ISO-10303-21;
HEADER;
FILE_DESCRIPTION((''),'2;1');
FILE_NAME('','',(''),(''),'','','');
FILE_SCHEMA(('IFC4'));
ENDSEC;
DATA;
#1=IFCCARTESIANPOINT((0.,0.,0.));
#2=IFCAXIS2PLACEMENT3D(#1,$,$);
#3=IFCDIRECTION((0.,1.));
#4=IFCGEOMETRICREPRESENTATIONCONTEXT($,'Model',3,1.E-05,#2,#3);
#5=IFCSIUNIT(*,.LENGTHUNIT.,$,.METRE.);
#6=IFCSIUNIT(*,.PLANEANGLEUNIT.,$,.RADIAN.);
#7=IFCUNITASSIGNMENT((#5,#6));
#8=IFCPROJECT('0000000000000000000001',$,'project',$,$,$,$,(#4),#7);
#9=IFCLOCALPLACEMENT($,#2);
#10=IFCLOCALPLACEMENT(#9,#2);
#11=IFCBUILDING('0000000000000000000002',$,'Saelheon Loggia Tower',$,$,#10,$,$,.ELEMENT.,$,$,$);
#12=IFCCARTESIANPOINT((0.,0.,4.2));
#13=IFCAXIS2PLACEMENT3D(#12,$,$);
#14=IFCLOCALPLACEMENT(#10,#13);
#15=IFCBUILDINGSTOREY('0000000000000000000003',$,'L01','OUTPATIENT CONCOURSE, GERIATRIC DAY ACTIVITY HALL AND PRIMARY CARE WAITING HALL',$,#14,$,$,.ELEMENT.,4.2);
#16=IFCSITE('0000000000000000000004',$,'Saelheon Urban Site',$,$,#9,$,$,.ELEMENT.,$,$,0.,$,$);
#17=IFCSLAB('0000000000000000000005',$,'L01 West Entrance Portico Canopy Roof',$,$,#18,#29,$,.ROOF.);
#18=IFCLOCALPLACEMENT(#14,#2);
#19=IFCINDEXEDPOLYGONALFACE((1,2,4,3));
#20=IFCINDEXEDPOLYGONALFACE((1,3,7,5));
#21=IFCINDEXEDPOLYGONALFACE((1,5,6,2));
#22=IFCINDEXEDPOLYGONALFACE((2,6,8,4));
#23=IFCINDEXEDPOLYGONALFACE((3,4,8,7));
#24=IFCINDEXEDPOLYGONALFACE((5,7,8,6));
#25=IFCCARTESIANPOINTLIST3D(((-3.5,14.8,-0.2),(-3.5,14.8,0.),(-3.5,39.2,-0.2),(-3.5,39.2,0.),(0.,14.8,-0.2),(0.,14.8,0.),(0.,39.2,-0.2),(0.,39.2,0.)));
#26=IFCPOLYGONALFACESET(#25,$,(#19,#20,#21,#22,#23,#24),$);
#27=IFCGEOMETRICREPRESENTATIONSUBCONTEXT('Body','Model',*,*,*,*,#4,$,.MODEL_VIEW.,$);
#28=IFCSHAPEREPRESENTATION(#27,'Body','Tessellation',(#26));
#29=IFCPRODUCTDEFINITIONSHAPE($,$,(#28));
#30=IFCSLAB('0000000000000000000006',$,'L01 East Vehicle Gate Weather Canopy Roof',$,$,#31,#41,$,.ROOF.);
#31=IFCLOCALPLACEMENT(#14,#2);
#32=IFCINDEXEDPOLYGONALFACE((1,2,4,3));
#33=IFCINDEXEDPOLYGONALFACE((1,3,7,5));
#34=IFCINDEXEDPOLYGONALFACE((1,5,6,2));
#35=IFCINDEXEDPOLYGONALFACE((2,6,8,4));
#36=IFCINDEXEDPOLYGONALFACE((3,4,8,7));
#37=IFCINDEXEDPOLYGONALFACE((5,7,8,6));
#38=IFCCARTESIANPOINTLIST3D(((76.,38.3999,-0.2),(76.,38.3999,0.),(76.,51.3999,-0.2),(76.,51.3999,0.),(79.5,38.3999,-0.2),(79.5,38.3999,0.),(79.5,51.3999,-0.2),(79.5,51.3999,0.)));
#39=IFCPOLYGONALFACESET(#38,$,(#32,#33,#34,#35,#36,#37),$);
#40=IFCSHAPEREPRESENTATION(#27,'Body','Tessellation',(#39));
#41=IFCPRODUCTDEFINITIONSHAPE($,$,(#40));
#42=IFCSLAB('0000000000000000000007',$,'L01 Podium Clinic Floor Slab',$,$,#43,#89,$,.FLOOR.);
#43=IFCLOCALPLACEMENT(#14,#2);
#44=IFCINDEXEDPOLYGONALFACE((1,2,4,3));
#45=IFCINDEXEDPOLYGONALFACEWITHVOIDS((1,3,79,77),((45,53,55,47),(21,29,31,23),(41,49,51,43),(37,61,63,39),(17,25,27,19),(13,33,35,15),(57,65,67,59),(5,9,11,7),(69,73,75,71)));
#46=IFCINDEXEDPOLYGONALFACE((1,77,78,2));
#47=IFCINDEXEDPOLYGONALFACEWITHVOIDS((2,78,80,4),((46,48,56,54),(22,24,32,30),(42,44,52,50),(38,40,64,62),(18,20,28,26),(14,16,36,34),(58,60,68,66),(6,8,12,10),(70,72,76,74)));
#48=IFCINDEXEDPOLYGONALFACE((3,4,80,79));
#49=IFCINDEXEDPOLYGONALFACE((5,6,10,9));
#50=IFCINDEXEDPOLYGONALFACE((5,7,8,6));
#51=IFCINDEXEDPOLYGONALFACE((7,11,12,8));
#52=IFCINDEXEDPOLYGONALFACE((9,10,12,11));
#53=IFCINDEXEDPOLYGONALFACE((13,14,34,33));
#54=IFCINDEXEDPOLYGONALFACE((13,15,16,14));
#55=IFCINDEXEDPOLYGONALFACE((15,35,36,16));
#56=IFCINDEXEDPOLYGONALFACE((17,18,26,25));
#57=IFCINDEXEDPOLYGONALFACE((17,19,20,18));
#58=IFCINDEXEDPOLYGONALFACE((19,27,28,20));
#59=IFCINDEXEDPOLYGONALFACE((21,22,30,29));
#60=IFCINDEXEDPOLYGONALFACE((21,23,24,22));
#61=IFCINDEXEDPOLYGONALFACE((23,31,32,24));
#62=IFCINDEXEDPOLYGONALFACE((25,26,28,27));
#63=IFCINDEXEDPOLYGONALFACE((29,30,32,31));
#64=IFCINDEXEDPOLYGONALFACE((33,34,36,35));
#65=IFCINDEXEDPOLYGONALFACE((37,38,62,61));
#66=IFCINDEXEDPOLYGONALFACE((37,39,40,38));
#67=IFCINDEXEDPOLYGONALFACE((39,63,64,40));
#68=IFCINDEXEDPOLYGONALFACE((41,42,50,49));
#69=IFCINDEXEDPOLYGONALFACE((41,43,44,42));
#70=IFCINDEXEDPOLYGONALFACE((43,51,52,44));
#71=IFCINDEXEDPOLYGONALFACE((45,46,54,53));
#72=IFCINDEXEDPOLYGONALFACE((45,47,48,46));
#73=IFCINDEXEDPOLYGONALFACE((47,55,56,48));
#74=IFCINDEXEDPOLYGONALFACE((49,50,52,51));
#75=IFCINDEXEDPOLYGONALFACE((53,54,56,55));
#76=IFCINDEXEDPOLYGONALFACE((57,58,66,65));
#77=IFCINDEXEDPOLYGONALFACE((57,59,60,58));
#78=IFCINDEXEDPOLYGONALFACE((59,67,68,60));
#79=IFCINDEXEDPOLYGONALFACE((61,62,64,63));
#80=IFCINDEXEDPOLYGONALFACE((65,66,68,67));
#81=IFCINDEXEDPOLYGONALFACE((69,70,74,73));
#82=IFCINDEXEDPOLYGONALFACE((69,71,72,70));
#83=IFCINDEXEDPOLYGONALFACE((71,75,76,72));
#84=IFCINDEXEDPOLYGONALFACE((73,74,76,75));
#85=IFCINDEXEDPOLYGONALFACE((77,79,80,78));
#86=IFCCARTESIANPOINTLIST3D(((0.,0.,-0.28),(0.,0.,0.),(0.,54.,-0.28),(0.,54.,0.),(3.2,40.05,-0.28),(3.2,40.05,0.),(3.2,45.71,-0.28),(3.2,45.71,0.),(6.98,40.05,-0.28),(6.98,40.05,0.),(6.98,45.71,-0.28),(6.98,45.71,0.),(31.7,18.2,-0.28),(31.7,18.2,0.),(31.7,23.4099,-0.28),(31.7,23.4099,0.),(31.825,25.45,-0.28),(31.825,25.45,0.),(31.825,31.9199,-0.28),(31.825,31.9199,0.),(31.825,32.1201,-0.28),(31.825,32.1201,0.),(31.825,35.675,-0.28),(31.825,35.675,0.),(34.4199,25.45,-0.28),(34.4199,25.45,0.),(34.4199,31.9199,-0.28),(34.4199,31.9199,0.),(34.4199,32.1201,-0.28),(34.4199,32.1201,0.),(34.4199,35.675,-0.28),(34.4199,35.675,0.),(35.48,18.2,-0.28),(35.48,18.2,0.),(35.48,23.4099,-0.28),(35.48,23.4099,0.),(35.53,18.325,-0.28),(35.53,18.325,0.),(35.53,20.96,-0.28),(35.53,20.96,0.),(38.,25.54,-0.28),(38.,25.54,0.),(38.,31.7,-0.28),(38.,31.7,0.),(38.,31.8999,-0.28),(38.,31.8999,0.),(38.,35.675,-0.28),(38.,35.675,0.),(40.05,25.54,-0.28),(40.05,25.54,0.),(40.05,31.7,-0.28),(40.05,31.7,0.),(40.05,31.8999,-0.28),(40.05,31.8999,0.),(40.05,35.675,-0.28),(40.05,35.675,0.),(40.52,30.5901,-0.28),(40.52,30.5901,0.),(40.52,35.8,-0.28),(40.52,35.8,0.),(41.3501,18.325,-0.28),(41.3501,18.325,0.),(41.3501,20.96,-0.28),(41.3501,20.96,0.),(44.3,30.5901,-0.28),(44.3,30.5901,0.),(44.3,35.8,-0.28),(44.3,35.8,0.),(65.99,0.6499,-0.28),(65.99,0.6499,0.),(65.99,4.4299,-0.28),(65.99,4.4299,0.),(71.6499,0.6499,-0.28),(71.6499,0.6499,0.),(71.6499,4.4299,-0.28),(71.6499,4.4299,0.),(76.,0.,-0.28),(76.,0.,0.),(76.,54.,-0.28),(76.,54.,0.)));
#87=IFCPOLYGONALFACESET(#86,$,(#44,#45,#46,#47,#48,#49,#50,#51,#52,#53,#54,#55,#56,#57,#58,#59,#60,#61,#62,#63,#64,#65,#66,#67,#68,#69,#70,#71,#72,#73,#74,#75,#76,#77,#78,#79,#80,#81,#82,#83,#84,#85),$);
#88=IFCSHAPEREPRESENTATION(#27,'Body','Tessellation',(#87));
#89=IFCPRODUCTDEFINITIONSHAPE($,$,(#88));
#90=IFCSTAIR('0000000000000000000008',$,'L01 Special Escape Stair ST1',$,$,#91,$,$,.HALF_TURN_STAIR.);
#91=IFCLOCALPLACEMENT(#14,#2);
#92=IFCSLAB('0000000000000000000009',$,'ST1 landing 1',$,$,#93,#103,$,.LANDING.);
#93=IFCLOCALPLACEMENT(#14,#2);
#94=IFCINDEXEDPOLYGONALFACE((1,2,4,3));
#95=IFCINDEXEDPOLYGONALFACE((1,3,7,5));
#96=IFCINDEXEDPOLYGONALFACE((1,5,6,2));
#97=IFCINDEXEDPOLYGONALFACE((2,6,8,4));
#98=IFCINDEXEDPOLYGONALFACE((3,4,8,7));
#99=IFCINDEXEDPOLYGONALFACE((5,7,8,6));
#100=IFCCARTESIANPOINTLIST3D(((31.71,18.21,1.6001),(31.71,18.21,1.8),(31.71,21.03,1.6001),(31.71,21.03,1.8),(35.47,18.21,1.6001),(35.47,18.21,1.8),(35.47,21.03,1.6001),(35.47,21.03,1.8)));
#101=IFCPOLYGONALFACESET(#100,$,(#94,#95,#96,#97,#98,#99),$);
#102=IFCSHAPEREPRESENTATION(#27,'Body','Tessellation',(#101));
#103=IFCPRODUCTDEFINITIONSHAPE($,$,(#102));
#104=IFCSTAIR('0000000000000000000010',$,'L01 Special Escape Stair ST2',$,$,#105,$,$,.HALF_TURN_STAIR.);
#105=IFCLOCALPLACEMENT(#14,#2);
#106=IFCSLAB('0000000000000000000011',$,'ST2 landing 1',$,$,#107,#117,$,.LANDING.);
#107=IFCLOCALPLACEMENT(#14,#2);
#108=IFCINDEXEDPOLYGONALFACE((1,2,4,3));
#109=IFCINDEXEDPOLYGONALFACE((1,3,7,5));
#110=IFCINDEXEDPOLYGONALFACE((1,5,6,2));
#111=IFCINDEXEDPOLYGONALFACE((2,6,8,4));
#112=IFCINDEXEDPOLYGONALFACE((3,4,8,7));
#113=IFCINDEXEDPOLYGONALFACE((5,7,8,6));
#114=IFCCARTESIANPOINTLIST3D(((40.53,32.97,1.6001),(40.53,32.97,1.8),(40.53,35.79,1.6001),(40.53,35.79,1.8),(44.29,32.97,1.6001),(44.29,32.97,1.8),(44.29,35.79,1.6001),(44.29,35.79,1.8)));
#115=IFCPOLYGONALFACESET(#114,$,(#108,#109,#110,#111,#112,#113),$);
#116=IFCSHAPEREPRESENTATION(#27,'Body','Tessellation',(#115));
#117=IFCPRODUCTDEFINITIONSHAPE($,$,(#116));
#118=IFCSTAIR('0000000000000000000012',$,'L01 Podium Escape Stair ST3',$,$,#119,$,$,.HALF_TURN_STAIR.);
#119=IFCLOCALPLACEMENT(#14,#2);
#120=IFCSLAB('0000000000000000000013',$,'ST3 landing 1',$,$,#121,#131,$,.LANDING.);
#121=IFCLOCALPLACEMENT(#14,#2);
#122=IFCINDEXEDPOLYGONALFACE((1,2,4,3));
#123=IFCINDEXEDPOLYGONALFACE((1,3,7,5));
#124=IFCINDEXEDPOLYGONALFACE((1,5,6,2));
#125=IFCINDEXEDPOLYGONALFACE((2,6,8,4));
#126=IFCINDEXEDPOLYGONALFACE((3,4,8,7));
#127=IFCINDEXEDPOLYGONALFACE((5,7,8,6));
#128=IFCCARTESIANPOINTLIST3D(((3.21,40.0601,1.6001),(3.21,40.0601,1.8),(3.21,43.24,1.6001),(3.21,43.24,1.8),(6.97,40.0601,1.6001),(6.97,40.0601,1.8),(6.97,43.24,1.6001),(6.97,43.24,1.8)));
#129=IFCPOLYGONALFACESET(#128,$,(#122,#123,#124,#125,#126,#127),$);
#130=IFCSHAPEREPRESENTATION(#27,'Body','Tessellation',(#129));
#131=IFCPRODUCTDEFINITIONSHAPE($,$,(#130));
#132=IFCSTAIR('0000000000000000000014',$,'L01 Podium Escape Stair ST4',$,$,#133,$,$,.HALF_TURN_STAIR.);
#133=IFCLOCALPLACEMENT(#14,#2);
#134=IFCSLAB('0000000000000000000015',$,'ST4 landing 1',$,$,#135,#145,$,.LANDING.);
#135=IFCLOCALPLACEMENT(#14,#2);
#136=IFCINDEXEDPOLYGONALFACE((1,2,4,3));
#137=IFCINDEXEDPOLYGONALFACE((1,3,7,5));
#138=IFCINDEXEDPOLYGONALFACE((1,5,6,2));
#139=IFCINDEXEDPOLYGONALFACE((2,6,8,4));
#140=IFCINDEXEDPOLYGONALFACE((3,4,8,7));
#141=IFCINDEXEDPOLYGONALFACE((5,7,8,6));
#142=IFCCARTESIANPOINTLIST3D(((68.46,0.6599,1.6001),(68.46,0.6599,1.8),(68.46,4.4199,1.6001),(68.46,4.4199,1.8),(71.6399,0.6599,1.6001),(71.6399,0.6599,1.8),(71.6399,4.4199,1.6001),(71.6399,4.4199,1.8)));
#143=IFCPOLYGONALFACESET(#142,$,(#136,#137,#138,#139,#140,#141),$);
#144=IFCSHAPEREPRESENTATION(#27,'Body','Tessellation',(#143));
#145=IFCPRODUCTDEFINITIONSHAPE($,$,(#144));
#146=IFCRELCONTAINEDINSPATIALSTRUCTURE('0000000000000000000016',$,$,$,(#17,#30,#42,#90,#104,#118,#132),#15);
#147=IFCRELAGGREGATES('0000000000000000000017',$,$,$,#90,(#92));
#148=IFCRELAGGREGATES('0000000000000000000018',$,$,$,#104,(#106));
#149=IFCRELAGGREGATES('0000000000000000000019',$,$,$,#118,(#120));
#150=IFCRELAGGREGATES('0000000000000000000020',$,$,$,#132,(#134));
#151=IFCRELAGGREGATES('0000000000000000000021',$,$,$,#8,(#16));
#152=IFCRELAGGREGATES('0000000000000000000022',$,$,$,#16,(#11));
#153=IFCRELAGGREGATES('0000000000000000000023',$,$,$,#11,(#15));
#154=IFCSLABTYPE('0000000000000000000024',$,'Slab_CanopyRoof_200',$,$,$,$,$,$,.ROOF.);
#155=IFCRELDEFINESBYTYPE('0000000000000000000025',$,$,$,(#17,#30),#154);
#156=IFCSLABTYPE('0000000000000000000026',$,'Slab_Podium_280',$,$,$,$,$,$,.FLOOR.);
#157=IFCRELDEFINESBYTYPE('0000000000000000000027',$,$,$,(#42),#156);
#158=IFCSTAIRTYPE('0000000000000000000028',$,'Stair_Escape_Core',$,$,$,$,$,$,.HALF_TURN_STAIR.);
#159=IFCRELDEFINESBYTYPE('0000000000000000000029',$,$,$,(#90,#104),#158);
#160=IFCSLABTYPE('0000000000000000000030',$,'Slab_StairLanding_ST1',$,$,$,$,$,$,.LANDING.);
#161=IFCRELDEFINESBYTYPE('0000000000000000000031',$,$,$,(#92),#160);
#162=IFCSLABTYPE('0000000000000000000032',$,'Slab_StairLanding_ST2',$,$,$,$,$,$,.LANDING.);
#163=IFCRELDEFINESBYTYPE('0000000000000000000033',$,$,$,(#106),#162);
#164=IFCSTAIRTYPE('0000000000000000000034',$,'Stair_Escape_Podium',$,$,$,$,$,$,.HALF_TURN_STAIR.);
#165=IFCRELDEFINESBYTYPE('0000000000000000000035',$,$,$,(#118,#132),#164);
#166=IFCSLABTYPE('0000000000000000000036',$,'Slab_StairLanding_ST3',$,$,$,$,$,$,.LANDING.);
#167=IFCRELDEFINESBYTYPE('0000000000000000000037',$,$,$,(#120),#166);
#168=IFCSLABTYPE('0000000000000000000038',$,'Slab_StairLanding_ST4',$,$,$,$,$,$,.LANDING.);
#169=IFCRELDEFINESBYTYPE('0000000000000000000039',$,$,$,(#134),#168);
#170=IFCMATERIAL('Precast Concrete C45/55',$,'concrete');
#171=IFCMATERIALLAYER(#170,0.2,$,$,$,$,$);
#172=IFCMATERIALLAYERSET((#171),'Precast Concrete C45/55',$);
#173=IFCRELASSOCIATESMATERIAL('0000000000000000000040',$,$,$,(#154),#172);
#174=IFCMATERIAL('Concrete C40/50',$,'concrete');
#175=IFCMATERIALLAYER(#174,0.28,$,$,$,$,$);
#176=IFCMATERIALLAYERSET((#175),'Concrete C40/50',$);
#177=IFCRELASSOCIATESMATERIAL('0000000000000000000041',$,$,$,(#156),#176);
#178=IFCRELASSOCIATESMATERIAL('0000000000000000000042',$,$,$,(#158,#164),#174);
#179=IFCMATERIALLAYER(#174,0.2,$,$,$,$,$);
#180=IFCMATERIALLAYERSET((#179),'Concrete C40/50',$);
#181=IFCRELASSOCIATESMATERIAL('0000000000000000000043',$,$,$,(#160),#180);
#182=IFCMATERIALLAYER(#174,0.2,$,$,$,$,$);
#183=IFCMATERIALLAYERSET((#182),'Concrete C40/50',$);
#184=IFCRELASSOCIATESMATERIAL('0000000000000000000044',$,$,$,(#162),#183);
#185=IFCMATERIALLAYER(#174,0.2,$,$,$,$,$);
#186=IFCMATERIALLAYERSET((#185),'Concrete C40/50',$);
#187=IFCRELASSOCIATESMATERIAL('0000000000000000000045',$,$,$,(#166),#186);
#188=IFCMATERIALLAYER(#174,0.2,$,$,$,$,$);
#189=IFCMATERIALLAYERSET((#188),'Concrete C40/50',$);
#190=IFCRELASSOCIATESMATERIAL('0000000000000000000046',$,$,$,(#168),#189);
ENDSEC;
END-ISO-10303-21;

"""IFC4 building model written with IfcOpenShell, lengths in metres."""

from ifc_helpers import new_model, si_unit, direction, frame, origin, place, context, subcontext, project, spatial, polyline, outline, extrude, material, layer, layer_set, type_object, element, aggregate, save


model = new_model("IFC4")

# Units and contexts
model_context = context("Model", 3, precision=1e-05, world=origin(), true_north=direction((0.0, 1.0)))
body_context = subcontext(model_context, "Body", "Model", "MODEL_VIEW")
ifc_project = project(units=[si_unit("LENGTHUNIT", "METRE"), si_unit("PLANEANGLEUNIT", "RADIAN")], contexts=[model_context])

# Site, building, storey
site_placement = place(None, origin())
site = spatial("IfcSite", under=ifc_project, at=site_placement, Name="Saelheon Urban Site", CompositionType="ELEMENT", RefElevation=0.0)
building_placement = place(site_placement, origin())
building = spatial("IfcBuilding", under=site, at=building_placement, Name="Saelheon Loggia Tower", CompositionType="ELEMENT")
storey_placement = place(building_placement, frame((0.0, 0.0, 4.2)))
storey = spatial("IfcBuildingStorey", under=building, at=storey_placement, Name="L01", Description="OUTPATIENT CONCOURSE, GERIATRIC DAY ACTIVITY HALL AND PRIMARY CARE WAITING HALL", CompositionType="ELEMENT", Elevation=4.2)

# Slabs
ifc_material_1 = material(Name="Precast Concrete C45/55", Category="concrete")
ifc_layer_1 = layer(ifc_material_1, 0.2)
ifc_layer_set_1 = layer_set([ifc_layer_1], Name="Precast Concrete C45/55")
slab_type_1 = type_object("IfcSlabType", Name="Slab_CanopyRoof_200", PredefinedType="ROOF", material=ifc_layer_set_1)
slab_1_placement = place(storey_placement, frame((0.0, 0.0, -0.2)))
element("IfcSlab", 1, at=slab_1_placement, inside=storey, type_object=slab_type_1, Name="L01 West Entrance Portico Canopy Roof", PredefinedType="ROOF", context=body_context, shape_type="SweptSolid", body=[
    extrude(outline(polyline([(-3.5, 14.8), (0.0, 14.8), (0.0, 39.2), (-3.5, 39.2), (-3.5, 14.8)])), origin(), (0.0, 0.0, 1.0), 0.2),
])
slab_2_placement = place(storey_placement, frame((0.0, 0.0, -0.2)))
element("IfcSlab", 2, at=slab_2_placement, inside=storey, type_object=slab_type_1, Name="L01 East Vehicle Gate Weather Canopy Roof", PredefinedType="ROOF", context=body_context, shape_type="SweptSolid", body=[
    extrude(outline(polyline([(76.0, 38.3999), (79.5, 38.3999), (79.5, 51.3999), (76.0, 51.3999), (76.0, 38.3999)])), origin(), (0.0, 0.0, 1.0), 0.2),
])
ifc_material_2 = material(Name="Concrete C40/50", Category="concrete")
ifc_layer_2 = layer(ifc_material_2, 0.28)
ifc_layer_set_2 = layer_set([ifc_layer_2], Name="Concrete C40/50")
slab_type_2 = type_object("IfcSlabType", Name="Slab_Podium_280", PredefinedType="FLOOR", material=ifc_layer_set_2)
slab_3_placement = place(storey_placement, frame((0.0, 0.0, -0.28)))
element("IfcSlab", 3, at=slab_3_placement, inside=storey, type_object=slab_type_2, Name="L01 Podium Clinic Floor Slab", PredefinedType="FLOOR", context=body_context, shape_type="SweptSolid", body=[
    extrude(outline(polyline([(0.0, 0.0), (76.0, 0.0), (76.0, 54.0), (0.0, 54.0), (0.0, 0.0)]), holes=[polyline([(31.7, 23.4099), (31.7, 18.2), (35.48, 18.2), (35.48, 23.4099), (31.7, 23.4099)]), polyline([(44.3, 30.5901), (44.3, 35.8), (40.52, 35.8), (40.52, 30.5901), (44.3, 30.5901)]), polyline([(3.2, 45.71), (3.2, 40.05), (6.98, 40.05), (6.98, 45.71), (3.2, 45.71)]), polyline([(65.99, 0.6499), (71.6499, 0.6499), (71.6499, 4.4299), (65.99, 4.4299), (65.99, 0.6499)]), polyline([(35.53, 18.325), (41.3501, 18.325), (41.3501, 20.96), (35.53, 20.96), (35.53, 18.325)]), polyline([(31.825, 32.1201), (34.4199, 32.1201), (34.4199, 35.675), (31.825, 35.675), (31.825, 32.1201)]), polyline([(38.0, 31.8999), (40.05, 31.8999), (40.05, 35.675), (38.0, 35.675), (38.0, 31.8999)]), polyline([(31.825, 25.45), (34.4199, 25.45), (34.4199, 31.9199), (31.825, 31.9199), (31.825, 25.45)]), polyline([(38.0, 25.54), (40.05, 25.54), (40.05, 31.7), (38.0, 31.7), (38.0, 25.54)])]), origin(), (0.0, 0.0, 1.0), 0.28),
])

# Stairs, slabs
stair_type_1 = type_object("IfcStairType", Name="Stair_Escape_Core", PredefinedType="HALF_TURN_STAIR", material=ifc_material_2)
stair_1_placement = place(storey_placement, origin())
stair_1 = element("IfcStair", 4, at=stair_1_placement, inside=storey, type_object=stair_type_1, Name="L01 Special Escape Stair ST1", PredefinedType="HALF_TURN_STAIR")
ifc_layer_3 = layer(ifc_material_2, 0.2)
ifc_layer_set_3 = layer_set([ifc_layer_3], Name="Concrete C40/50")
slab_type_3 = type_object("IfcSlabType", Name="Slab_StairLanding_ST1", PredefinedType="LANDING", material=ifc_layer_set_3)
slab_4_placement = place(storey_placement, frame((0.0, 0.0, 1.6001)))
slab_4 = element("IfcSlab", 5, at=slab_4_placement, type_object=slab_type_3, Name="ST1 landing 1", PredefinedType="LANDING", context=body_context, shape_type="SweptSolid", body=[
    extrude(outline(polyline([(31.71, 21.03), (31.71, 18.21), (35.47, 18.21), (35.47, 21.03), (31.71, 21.03)])), origin(), (0.0, 0.0, 1.0), 0.2),
])
aggregate(stair_1, [slab_4])
stair_2_placement = place(storey_placement, origin())
stair_2 = element("IfcStair", 6, at=stair_2_placement, inside=storey, type_object=stair_type_1, Name="L01 Special Escape Stair ST2", PredefinedType="HALF_TURN_STAIR")
ifc_layer_4 = layer(ifc_material_2, 0.2)
ifc_layer_set_4 = layer_set([ifc_layer_4], Name="Concrete C40/50")
slab_type_4 = type_object("IfcSlabType", Name="Slab_StairLanding_ST2", PredefinedType="LANDING", material=ifc_layer_set_4)
slab_5_placement = place(storey_placement, frame((0.0, 0.0, 1.6001)))
slab_5 = element("IfcSlab", 7, at=slab_5_placement, type_object=slab_type_4, Name="ST2 landing 1", PredefinedType="LANDING", context=body_context, shape_type="SweptSolid", body=[
    extrude(outline(polyline([(44.29, 32.97), (44.29, 35.79), (40.53, 35.79), (40.53, 32.97), (44.29, 32.97)])), origin(), (0.0, 0.0, 1.0), 0.2),
])
aggregate(stair_2, [slab_5])
stair_type_2 = type_object("IfcStairType", Name="Stair_Escape_Podium", PredefinedType="HALF_TURN_STAIR", material=ifc_material_2)
stair_3_placement = place(storey_placement, origin())
stair_3 = element("IfcStair", 8, at=stair_3_placement, inside=storey, type_object=stair_type_2, Name="L01 Podium Escape Stair ST3", PredefinedType="HALF_TURN_STAIR")
ifc_layer_5 = layer(ifc_material_2, 0.2)
ifc_layer_set_5 = layer_set([ifc_layer_5], Name="Concrete C40/50")
slab_type_5 = type_object("IfcSlabType", Name="Slab_StairLanding_ST3", PredefinedType="LANDING", material=ifc_layer_set_5)
slab_6_placement = place(storey_placement, frame((0.0, 0.0, 1.6001)))
slab_6 = element("IfcSlab", 9, at=slab_6_placement, type_object=slab_type_5, Name="ST3 landing 1", PredefinedType="LANDING", context=body_context, shape_type="SweptSolid", body=[
    extrude(outline(polyline([(3.21, 43.24), (3.21, 40.0601), (6.97, 40.0601), (6.97, 43.24), (3.21, 43.24)])), origin(), (0.0, 0.0, 1.0), 0.2),
])
aggregate(stair_3, [slab_6])
stair_4_placement = place(storey_placement, origin())
stair_4 = element("IfcStair", 10, at=stair_4_placement, inside=storey, type_object=stair_type_2, Name="L01 Podium Escape Stair ST4", PredefinedType="HALF_TURN_STAIR")
ifc_layer_6 = layer(ifc_material_2, 0.2)
ifc_layer_set_6 = layer_set([ifc_layer_6], Name="Concrete C40/50")
slab_type_6 = type_object("IfcSlabType", Name="Slab_StairLanding_ST4", PredefinedType="LANDING", material=ifc_layer_set_6)
slab_7_placement = place(storey_placement, frame((0.0, 0.0, 1.6001)))
slab_7 = element("IfcSlab", 11, at=slab_7_placement, type_object=slab_type_6, Name="ST4 landing 1", PredefinedType="LANDING", context=body_context, shape_type="SweptSolid", body=[
    extrude(outline(polyline([(68.46, 0.6599), (71.6399, 0.6599), (71.6399, 4.4199), (68.46, 4.4199), (68.46, 0.6599)])), origin(), (0.0, 0.0, 1.0), 0.2),
])
aggregate(stair_4, [slab_7])

save(model, "model.ifc")
